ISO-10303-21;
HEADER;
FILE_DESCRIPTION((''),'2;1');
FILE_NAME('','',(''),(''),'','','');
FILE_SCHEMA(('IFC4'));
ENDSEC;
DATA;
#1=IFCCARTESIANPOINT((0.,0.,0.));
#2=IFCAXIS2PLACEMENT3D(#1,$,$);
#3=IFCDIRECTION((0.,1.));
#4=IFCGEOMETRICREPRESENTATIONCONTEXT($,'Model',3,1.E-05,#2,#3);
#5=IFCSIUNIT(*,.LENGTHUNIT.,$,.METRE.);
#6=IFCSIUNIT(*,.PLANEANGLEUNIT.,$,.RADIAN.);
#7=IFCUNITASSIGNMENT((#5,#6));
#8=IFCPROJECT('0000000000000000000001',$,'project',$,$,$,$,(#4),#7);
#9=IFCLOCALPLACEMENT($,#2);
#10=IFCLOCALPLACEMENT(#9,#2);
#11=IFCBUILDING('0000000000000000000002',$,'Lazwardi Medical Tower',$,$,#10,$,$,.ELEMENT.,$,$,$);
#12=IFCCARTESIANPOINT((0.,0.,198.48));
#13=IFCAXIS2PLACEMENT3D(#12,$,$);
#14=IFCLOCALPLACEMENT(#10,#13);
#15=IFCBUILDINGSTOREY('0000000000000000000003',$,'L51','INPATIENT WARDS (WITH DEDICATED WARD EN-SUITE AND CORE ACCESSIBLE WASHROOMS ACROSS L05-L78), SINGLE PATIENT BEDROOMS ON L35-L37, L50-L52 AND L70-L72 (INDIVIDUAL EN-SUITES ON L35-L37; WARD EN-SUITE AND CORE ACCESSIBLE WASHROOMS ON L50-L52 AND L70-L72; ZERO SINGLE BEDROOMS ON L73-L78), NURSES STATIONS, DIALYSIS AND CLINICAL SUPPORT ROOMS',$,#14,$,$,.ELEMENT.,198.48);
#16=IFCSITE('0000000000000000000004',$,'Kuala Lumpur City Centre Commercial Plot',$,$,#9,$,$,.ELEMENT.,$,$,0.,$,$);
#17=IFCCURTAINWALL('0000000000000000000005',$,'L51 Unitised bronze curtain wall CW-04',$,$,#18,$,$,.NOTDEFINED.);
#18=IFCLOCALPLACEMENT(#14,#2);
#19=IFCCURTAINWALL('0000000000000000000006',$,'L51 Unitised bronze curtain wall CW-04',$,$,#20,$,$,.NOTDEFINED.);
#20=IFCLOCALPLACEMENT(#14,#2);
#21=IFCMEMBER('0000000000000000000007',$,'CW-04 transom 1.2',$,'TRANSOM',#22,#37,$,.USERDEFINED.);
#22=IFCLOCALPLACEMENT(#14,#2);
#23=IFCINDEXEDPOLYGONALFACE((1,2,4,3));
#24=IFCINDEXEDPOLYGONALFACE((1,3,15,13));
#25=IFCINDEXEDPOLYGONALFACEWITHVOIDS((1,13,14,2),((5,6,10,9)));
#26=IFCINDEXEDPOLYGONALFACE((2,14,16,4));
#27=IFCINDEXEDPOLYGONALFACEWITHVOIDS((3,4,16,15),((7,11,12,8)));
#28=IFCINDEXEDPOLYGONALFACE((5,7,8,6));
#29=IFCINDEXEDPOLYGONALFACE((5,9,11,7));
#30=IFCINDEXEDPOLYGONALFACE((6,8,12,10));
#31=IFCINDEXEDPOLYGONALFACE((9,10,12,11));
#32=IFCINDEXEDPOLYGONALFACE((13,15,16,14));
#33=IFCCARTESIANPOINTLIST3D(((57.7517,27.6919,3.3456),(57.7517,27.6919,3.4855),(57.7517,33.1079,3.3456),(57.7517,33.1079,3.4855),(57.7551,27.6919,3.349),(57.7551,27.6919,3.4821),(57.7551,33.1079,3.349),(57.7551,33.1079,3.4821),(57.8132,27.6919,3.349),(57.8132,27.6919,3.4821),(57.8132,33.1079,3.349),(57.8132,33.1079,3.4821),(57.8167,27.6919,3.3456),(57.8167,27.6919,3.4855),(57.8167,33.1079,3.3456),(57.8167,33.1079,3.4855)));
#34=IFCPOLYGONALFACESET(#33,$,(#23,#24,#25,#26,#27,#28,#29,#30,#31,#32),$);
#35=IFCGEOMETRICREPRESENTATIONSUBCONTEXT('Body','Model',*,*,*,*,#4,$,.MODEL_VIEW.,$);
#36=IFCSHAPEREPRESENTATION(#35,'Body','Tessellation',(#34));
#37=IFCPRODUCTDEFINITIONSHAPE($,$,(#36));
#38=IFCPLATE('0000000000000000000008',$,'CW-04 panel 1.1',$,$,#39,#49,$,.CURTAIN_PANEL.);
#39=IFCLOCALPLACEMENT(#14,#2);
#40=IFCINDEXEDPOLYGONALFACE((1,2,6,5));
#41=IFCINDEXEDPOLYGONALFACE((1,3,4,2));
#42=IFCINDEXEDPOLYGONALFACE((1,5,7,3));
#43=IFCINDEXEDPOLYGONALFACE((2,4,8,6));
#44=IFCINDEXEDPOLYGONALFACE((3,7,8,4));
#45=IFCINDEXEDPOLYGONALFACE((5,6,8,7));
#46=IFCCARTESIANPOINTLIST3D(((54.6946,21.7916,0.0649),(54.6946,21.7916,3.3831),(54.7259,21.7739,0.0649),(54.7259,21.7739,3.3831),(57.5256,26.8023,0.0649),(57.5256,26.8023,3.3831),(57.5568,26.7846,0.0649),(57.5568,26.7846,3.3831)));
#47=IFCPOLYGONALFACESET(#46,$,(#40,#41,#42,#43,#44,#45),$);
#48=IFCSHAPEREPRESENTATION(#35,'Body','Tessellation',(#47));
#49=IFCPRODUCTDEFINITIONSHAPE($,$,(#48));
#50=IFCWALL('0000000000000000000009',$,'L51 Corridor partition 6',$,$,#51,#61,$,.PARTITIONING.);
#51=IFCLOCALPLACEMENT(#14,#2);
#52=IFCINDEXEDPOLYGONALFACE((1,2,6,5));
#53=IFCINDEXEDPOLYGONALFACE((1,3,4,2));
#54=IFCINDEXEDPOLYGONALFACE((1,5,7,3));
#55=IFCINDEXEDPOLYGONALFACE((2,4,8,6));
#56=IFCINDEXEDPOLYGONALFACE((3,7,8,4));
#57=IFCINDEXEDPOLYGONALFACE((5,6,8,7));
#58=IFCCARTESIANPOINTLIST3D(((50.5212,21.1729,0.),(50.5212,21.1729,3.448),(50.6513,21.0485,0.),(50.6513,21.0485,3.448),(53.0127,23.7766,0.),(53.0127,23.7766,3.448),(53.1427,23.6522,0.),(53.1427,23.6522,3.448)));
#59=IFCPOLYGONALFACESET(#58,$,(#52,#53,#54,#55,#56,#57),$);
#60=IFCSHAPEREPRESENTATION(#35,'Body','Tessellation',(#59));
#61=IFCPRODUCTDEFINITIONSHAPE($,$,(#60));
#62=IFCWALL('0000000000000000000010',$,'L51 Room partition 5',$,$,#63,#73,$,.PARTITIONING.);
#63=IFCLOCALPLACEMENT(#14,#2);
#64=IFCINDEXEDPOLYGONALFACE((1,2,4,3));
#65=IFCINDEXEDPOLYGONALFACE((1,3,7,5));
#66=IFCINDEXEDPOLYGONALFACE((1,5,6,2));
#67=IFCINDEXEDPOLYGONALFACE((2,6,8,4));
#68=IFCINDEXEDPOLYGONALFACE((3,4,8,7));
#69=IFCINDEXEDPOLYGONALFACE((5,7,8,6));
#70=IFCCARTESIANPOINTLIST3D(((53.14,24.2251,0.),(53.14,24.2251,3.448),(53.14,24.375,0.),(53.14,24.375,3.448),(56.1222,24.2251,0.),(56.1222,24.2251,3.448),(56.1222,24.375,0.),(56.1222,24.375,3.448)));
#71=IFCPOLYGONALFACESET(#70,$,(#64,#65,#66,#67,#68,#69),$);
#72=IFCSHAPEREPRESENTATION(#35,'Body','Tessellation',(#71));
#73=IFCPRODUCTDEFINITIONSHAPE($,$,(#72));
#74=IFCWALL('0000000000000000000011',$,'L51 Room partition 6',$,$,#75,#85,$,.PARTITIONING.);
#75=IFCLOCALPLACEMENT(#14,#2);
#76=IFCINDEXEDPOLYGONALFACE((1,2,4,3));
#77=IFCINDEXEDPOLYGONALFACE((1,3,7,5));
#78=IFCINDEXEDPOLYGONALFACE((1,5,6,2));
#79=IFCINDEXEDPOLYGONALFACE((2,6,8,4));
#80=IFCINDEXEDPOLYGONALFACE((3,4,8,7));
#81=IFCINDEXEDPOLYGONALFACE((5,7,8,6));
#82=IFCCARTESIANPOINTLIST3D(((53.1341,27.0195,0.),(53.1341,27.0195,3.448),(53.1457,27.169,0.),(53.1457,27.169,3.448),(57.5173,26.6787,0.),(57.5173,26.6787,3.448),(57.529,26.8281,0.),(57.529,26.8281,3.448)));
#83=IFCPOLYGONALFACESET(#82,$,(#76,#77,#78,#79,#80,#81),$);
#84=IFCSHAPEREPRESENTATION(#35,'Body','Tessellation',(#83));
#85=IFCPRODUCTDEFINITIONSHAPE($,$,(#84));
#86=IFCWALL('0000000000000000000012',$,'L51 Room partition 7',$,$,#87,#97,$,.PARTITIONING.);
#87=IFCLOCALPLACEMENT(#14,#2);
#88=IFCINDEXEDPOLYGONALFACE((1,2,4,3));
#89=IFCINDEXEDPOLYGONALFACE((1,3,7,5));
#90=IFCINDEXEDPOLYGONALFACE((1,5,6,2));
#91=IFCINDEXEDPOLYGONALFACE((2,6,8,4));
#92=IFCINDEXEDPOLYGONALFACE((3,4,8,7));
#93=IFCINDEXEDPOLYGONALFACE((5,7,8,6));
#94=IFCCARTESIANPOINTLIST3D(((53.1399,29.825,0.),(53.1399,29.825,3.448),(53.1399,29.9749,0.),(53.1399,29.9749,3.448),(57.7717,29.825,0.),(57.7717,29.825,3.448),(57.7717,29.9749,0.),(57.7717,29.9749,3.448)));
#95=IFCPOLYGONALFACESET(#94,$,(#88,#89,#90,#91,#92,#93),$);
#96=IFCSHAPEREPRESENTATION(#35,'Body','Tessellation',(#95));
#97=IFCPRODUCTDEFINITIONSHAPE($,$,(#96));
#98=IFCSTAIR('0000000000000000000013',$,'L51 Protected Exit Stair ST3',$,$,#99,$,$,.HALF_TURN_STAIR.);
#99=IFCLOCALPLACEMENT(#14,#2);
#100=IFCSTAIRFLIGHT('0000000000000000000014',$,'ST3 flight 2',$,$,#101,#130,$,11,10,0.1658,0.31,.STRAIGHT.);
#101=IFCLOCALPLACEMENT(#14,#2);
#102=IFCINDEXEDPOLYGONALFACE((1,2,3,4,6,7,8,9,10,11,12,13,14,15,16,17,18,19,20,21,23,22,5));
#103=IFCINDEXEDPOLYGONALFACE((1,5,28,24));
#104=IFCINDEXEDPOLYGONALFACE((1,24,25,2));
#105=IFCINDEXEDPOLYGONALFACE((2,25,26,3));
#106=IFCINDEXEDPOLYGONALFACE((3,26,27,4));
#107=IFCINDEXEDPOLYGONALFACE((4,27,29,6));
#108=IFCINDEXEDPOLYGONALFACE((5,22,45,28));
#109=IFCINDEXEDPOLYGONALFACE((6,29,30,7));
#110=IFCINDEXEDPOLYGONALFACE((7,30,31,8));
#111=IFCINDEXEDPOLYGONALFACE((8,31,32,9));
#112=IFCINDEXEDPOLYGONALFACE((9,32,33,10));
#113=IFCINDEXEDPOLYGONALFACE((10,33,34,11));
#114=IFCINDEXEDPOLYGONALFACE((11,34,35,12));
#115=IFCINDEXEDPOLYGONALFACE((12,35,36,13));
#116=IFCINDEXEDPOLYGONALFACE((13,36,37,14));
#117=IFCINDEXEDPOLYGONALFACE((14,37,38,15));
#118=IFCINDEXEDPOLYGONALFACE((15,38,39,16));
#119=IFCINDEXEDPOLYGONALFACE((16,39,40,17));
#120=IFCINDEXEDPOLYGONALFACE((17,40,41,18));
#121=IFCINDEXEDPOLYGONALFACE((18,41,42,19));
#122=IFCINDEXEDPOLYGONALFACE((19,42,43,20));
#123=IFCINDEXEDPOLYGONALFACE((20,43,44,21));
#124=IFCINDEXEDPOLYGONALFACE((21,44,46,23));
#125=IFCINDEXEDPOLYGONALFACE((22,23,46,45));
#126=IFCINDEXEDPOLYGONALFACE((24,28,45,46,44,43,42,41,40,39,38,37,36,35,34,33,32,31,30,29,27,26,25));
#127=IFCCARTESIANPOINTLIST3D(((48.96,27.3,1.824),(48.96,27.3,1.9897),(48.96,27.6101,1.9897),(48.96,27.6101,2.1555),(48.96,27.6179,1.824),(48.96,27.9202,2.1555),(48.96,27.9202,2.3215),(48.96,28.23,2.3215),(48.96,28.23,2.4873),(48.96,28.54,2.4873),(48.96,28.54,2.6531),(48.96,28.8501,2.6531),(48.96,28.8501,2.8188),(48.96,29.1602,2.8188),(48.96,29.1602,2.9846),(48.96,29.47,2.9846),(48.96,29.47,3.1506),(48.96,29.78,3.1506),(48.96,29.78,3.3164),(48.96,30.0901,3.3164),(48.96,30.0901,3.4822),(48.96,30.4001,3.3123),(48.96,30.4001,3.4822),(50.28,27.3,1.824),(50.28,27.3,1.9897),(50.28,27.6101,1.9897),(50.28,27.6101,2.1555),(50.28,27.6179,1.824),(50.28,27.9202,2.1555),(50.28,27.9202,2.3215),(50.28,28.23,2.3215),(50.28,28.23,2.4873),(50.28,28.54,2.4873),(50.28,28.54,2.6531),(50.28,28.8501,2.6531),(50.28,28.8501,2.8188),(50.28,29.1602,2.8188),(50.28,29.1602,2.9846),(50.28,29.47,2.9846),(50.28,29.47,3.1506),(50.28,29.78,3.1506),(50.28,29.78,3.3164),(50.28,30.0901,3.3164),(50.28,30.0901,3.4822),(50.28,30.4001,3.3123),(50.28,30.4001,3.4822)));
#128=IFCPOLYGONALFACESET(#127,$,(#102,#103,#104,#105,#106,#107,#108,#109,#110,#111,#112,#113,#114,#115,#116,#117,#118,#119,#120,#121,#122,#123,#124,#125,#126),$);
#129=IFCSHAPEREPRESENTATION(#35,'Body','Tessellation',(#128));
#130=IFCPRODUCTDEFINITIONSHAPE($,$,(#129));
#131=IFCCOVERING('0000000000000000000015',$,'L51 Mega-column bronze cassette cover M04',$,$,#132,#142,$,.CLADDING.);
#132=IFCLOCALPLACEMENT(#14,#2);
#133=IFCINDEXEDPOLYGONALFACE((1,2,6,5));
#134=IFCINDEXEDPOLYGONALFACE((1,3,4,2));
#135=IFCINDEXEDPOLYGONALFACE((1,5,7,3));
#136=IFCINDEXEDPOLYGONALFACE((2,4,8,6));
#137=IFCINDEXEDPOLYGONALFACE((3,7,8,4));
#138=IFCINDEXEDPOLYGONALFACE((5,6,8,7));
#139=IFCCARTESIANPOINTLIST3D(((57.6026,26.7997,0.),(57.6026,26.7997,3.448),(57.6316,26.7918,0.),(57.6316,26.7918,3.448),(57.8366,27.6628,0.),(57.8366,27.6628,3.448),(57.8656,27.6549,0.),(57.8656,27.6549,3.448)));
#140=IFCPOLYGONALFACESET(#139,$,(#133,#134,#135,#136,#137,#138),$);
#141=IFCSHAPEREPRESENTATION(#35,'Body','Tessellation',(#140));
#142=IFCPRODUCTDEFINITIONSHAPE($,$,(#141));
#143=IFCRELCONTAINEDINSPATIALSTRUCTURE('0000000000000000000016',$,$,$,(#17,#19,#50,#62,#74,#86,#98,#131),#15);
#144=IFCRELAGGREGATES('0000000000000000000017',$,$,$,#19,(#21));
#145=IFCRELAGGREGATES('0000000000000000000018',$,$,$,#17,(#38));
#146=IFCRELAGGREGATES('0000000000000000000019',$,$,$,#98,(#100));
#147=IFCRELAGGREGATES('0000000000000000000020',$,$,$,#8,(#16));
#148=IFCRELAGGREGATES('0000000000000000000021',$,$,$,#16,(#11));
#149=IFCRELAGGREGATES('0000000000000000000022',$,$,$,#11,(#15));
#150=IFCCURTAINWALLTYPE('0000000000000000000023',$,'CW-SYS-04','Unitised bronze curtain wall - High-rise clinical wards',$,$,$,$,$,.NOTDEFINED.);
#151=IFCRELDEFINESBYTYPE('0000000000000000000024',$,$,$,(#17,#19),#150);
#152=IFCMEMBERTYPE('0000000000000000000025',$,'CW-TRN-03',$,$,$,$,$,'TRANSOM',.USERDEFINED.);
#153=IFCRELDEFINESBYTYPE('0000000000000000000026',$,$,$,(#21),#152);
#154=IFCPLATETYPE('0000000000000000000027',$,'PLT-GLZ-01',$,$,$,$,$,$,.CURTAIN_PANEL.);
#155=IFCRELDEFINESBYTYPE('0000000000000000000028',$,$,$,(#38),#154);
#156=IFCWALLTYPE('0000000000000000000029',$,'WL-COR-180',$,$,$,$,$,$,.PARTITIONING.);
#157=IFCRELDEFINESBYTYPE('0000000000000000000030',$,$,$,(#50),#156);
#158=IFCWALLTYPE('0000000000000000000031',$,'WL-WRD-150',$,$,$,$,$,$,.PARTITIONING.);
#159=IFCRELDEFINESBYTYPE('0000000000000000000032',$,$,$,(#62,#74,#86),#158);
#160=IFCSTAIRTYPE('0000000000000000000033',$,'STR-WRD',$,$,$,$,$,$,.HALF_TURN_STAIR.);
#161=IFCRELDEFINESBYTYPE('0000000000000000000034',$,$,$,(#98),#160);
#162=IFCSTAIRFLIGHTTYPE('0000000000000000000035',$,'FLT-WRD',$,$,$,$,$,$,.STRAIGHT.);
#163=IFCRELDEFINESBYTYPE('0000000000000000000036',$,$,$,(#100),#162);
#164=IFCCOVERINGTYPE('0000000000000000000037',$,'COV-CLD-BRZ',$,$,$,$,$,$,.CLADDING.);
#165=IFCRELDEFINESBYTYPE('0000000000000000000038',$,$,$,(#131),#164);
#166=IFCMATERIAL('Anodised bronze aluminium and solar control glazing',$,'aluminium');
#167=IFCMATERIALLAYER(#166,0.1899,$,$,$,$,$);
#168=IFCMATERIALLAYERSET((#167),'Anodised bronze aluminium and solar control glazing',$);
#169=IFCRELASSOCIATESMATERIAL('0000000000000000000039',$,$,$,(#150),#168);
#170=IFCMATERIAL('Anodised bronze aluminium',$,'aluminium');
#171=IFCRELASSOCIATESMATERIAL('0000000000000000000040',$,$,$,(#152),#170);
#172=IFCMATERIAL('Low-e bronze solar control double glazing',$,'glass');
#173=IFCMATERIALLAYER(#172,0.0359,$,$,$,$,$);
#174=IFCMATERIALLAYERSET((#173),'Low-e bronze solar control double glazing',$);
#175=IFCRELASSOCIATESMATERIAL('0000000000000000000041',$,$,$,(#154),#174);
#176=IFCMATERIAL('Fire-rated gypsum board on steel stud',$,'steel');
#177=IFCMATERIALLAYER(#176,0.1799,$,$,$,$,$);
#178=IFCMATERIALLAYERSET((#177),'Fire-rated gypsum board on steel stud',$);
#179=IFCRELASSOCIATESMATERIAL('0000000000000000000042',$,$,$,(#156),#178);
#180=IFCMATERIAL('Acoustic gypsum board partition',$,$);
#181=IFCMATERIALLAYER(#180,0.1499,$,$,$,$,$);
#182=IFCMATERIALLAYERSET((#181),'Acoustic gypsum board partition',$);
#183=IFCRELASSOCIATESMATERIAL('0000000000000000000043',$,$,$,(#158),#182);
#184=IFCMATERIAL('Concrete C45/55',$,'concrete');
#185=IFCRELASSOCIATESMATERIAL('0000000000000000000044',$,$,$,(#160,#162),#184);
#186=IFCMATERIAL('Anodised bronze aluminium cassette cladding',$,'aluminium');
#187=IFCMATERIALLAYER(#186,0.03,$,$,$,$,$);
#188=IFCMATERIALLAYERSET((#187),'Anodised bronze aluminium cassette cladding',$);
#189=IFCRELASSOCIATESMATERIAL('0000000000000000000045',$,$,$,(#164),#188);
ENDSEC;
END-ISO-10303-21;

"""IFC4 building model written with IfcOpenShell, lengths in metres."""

from ifc_helpers import new_model, si_unit, direction, frame, frame_2d, origin, origin_2d, place, context, subcontext, project, spatial, polyline, rectangle, hollow_rectangle, outline, extrude, material, layer, layer_set, material_profile, profile_set, type_object, element, aggregate, save


model = new_model("IFC4")

# Units and contexts
model_context = context("Model", 3, precision=1e-05, world=origin(), true_north=direction((0.0, 1.0)))
body_context = subcontext(model_context, "Body", "Model", "MODEL_VIEW")
ifc_project = project(units=[si_unit("LENGTHUNIT", "METRE"), si_unit("PLANEANGLEUNIT", "RADIAN")], contexts=[model_context])

# Site, building, storey
site_placement = place(None, origin())
site = spatial("IfcSite", under=ifc_project, at=site_placement, Name="Kuala Lumpur City Centre Commercial Plot", CompositionType="ELEMENT", RefElevation=0.0)
building_placement = place(site_placement, origin())
building = spatial("IfcBuilding", under=site, at=building_placement, Name="Lazwardi Medical Tower", CompositionType="ELEMENT")
storey_placement = place(building_placement, frame((0.0, 0.0, 198.48)))
storey = spatial("IfcBuildingStorey", under=building, at=storey_placement, Name="L51", Description="INPATIENT WARDS (WITH DEDICATED WARD EN-SUITE AND CORE ACCESSIBLE WASHROOMS ACROSS L05-L78), SINGLE PATIENT BEDROOMS ON L35-L37, L50-L52 AND L70-L72 (INDIVIDUAL EN-SUITES ON L35-L37; WARD EN-SUITE AND CORE ACCESSIBLE WASHROOMS ON L50-L52 AND L70-L72; ZERO SINGLE BEDROOMS ON L73-L78), NURSES STATIONS, DIALYSIS AND CLINICAL SUPPORT ROOMS", CompositionType="ELEMENT", Elevation=198.48)

# Curtain wall
ifc_material_1 = material(Name="Anodised bronze aluminium and solar control glazing", Category="aluminium")
ifc_layer_1 = layer(ifc_material_1, 0.1899)
ifc_layer_set_1 = layer_set([ifc_layer_1], Name="Anodised bronze aluminium and solar control glazing")
curtain_wall_type = type_object("IfcCurtainWallType", Name="CW-SYS-04", Description="Unitised bronze curtain wall - High-rise clinical wards", PredefinedType="NOTDEFINED", material=ifc_layer_set_1)
curtain_wall_1_placement = place(storey_placement, origin())
curtain_wall_1 = element("IfcCurtainWall", 1, at=curtain_wall_1_placement, inside=storey, type_object=curtain_wall_type, Name="L51 Unitised bronze curtain wall CW-04", PredefinedType="NOTDEFINED")
ifc_material_2 = material(Name="Anodised bronze aluminium", Category="aluminium")

# Curtain wall, member
curtain_wall_2_placement = place(storey_placement, origin())
curtain_wall_2 = element("IfcCurtainWall", 2, at=curtain_wall_2_placement, inside=storey, type_object=curtain_wall_type, Name="L51 Unitised bronze curtain wall CW-04", PredefinedType="NOTDEFINED")
ifc_material_profile_1 = material_profile(ifc_material_2, hollow_rectangle(XDim=0.0649, YDim=0.1399, WallThickness=0.0034, at=origin_2d()), Name="ALU-TRANSOM 140x65x3.5")
ifc_profile_set_1 = profile_set([ifc_material_profile_1], Name="Anodised bronze aluminium")
member_type_1 = type_object("IfcMemberType", Name="CW-TRN-03", ElementType="TRANSOM", PredefinedType="USERDEFINED", material=ifc_profile_set_1)
member_1_placement = place(storey_placement, frame((57.7842, 27.6919, 3.4155), z_axis=(0.0, 1.0, 0.0), x_axis=(-1.0, 0.0, 0.0)))
member_1 = element("IfcMember", 3, at=member_1_placement, type_object=member_type_1, Name="CW-04 transom 1.2", ObjectType="TRANSOM", PredefinedType="USERDEFINED", context=body_context, shape_type="SweptSolid", body=[
    extrude(hollow_rectangle(XDim=0.0649, YDim=0.1399, WallThickness=0.0034, at=origin_2d()), origin(), (0.0, 0.0, 1.0), 5.416),
])
aggregate(curtain_wall_2, [member_1])

# Plate
ifc_material_3 = material(Name="Low-e bronze solar control double glazing", Category="glass")
ifc_layer_2 = layer(ifc_material_3, 0.0359)
ifc_layer_set_2 = layer_set([ifc_layer_2], Name="Low-e bronze solar control double glazing")
plate_type = type_object("IfcPlateType", Name="PLT-GLZ-01", PredefinedType="CURTAIN_PANEL", material=ifc_layer_set_2)
plate_placement = place(storey_placement, frame((56.1257, 24.2881, 0.0649), z_axis=(0.0, 0.0, 1.0), x_axis=(0.4919, 0.870651, 0.0)))
plate = element("IfcPlate", 4, at=plate_placement, type_object=plate_type, Name="CW-04 panel 1.1", PredefinedType="CURTAIN_PANEL", context=body_context, shape_type="SweptSolid", body=[
    extrude(rectangle(XDim=5.7551, YDim=0.0359, at=origin_2d()), origin(), (0.0, 0.0, 1.0), 3.3181),
])
aggregate(curtain_wall_1, [plate])

# Walls
ifc_material_4 = material(Name="Fire-rated gypsum board on steel stud", Category="steel")
ifc_layer_3 = layer(ifc_material_4, 0.1799)
ifc_layer_set_3 = layer_set([ifc_layer_3], Name="Fire-rated gypsum board on steel stud")
wall_type_1 = type_object("IfcWallType", Name="WL-COR-180", PredefinedType="PARTITIONING", material=ifc_layer_set_3)
wall_1_placement = place(storey_placement, frame((53.0776, 23.7144, 0.0), z_axis=(0.0, 0.0, 1.0), x_axis=(-0.691353, -0.722517, 0.0)))
element("IfcWall", 5, at=wall_1_placement, inside=storey, type_object=wall_type_1, Name="L51 Corridor partition 6", PredefinedType="PARTITIONING", context=body_context, shape_type="SweptSolid", body=[
    extrude(rectangle(XDim=3.6038, YDim=0.1799, at=frame_2d((1.8018, 0.0))), origin(), (0.0, 0.0, 1.0), 3.448),
])
ifc_material_5 = material(Name="Acoustic gypsum board partition")
ifc_layer_4 = layer(ifc_material_5, 0.1499)
ifc_layer_set_4 = layer_set([ifc_layer_4], Name="Acoustic gypsum board partition")
wall_type_2 = type_object("IfcWallType", Name="WL-WRD-150", PredefinedType="PARTITIONING", material=ifc_layer_set_4)
wall_2_placement = place(storey_placement, frame((53.1399, 24.3, 0.0), z_axis=(0.0, 0.0, 1.0), x_axis=(1.0, 0.0, 0.0)))
element("IfcWall", 6, at=wall_2_placement, inside=storey, type_object=wall_type_2, Name="L51 Room partition 5", PredefinedType="PARTITIONING", context=body_context, shape_type="SweptSolid", body=[
    extrude(rectangle(XDim=2.9822, YDim=0.1499, at=frame_2d((1.4912, 0.0))), origin(), (0.0, 0.0, 1.0), 3.448),
])
wall_3_placement = place(storey_placement, frame((53.1399, 27.0942, 0.0), z_axis=(0.0, 0.0, 1.0), x_axis=(0.996991, -0.07752, 0.0)))
element("IfcWall", 7, at=wall_3_placement, inside=storey, type_object=wall_type_2, Name="L51 Room partition 6", PredefinedType="PARTITIONING", context=body_context, shape_type="SweptSolid", body=[
    extrude(rectangle(XDim=4.3965, YDim=0.1499, at=frame_2d((2.1982, 0.0))), origin(), (0.0, 0.0, 1.0), 3.448),
])
wall_4_placement = place(storey_placement, frame((53.1399, 29.8999, 0.0), z_axis=(0.0, 0.0, 1.0), x_axis=(1.0, 0.0, 0.0)))
element("IfcWall", 8, at=wall_4_placement, inside=storey, type_object=wall_type_2, Name="L51 Room partition 7", PredefinedType="PARTITIONING", context=body_context, shape_type="SweptSolid", body=[
    extrude(rectangle(XDim=4.6318, YDim=0.1499, at=frame_2d((2.3159, 0.0))), origin(), (0.0, 0.0, 1.0), 3.448),
])

# Stair, stair flight
ifc_material_6 = material(Name="Concrete C45/55", Category="concrete")
stair_type = type_object("IfcStairType", Name="STR-WRD", PredefinedType="HALF_TURN_STAIR", material=ifc_material_6)
stair_placement = place(storey_placement, origin())
stair = element("IfcStair", 9, at=stair_placement, inside=storey, type_object=stair_type, Name="L51 Protected Exit Stair ST3", PredefinedType="HALF_TURN_STAIR")
stair_flight_type = type_object("IfcStairFlightType", Name="FLT-WRD", PredefinedType="STRAIGHT", material=ifc_material_6)
stair_flight_placement = place(storey_placement, frame((49.6201, 27.3, 1.824), z_axis=(0.0, 0.0, 1.0), x_axis=(0.0, 1.0, 0.0)))
stair_flight = element("IfcStairFlight", 10, at=stair_flight_placement, type_object=stair_flight_type, Name="ST3 flight 2", NumberOfRisers=11, NumberOfTreads=10, PredefinedType="STRAIGHT", RiserHeight=0.1658, TreadLength=0.31, context=body_context, shape_type="SweptSolid", body=[
    extrude(outline(polyline([(0.0, 0.0), (0.0, 0.1658), (0.3101, 0.1658), (0.3101, 0.3315), (0.6201, 0.3315), (0.6201, 0.4976), (0.9299, 0.4976), (0.9299, 0.6633), (1.24, 0.6633), (1.24, 0.8291), (1.55, 0.8291), (1.55, 0.9949), (1.8601, 0.9949), (1.8601, 1.1606), (2.1699, 1.1606), (2.1699, 1.3267), (2.48, 1.3267), (2.48, 1.4924), (2.79, 1.4924), (2.79, 1.6582), (3.1001, 1.6582), (3.1001, 1.824), (3.1001, 1.4883), (0.3179, 0.0), (0.0, 0.0)])), frame((0.0, 0.6602, 0.0), z_axis=(0.0, -1.0, 0.0), x_axis=(1.0, 0.0, 0.0)), (0.0, 0.0, 1.0), 1.3201),
])
aggregate(stair, [stair_flight])

# Covering
ifc_material_7 = material(Name="Anodised bronze aluminium cassette cladding", Category="aluminium")
ifc_layer_5 = layer(ifc_material_7, 0.03)
ifc_layer_set_5 = layer_set([ifc_layer_5], Name="Anodised bronze aluminium cassette cladding")
covering_type = type_object("IfcCoveringType", Name="COV-CLD-BRZ", PredefinedType="CLADDING", material=ifc_layer_set_5)
covering_placement = place(storey_placement, frame((57.7341, 27.2273, 0.0), z_axis=(0.0, 0.0, 1.0), x_axis=(0.261642, 0.965165, 0.0)))
element("IfcCovering", 11, at=covering_placement, inside=storey, type_object=covering_type, Name="L51 Mega-column bronze cassette cover M04", PredefinedType="CLADDING", context=body_context, shape_type="SweptSolid", body=[
    extrude(rectangle(XDim=0.8943, YDim=0.03, at=origin_2d()), origin(), (0.0, 0.0, 1.0), 3.448),
])

save(model, "model.ifc")
